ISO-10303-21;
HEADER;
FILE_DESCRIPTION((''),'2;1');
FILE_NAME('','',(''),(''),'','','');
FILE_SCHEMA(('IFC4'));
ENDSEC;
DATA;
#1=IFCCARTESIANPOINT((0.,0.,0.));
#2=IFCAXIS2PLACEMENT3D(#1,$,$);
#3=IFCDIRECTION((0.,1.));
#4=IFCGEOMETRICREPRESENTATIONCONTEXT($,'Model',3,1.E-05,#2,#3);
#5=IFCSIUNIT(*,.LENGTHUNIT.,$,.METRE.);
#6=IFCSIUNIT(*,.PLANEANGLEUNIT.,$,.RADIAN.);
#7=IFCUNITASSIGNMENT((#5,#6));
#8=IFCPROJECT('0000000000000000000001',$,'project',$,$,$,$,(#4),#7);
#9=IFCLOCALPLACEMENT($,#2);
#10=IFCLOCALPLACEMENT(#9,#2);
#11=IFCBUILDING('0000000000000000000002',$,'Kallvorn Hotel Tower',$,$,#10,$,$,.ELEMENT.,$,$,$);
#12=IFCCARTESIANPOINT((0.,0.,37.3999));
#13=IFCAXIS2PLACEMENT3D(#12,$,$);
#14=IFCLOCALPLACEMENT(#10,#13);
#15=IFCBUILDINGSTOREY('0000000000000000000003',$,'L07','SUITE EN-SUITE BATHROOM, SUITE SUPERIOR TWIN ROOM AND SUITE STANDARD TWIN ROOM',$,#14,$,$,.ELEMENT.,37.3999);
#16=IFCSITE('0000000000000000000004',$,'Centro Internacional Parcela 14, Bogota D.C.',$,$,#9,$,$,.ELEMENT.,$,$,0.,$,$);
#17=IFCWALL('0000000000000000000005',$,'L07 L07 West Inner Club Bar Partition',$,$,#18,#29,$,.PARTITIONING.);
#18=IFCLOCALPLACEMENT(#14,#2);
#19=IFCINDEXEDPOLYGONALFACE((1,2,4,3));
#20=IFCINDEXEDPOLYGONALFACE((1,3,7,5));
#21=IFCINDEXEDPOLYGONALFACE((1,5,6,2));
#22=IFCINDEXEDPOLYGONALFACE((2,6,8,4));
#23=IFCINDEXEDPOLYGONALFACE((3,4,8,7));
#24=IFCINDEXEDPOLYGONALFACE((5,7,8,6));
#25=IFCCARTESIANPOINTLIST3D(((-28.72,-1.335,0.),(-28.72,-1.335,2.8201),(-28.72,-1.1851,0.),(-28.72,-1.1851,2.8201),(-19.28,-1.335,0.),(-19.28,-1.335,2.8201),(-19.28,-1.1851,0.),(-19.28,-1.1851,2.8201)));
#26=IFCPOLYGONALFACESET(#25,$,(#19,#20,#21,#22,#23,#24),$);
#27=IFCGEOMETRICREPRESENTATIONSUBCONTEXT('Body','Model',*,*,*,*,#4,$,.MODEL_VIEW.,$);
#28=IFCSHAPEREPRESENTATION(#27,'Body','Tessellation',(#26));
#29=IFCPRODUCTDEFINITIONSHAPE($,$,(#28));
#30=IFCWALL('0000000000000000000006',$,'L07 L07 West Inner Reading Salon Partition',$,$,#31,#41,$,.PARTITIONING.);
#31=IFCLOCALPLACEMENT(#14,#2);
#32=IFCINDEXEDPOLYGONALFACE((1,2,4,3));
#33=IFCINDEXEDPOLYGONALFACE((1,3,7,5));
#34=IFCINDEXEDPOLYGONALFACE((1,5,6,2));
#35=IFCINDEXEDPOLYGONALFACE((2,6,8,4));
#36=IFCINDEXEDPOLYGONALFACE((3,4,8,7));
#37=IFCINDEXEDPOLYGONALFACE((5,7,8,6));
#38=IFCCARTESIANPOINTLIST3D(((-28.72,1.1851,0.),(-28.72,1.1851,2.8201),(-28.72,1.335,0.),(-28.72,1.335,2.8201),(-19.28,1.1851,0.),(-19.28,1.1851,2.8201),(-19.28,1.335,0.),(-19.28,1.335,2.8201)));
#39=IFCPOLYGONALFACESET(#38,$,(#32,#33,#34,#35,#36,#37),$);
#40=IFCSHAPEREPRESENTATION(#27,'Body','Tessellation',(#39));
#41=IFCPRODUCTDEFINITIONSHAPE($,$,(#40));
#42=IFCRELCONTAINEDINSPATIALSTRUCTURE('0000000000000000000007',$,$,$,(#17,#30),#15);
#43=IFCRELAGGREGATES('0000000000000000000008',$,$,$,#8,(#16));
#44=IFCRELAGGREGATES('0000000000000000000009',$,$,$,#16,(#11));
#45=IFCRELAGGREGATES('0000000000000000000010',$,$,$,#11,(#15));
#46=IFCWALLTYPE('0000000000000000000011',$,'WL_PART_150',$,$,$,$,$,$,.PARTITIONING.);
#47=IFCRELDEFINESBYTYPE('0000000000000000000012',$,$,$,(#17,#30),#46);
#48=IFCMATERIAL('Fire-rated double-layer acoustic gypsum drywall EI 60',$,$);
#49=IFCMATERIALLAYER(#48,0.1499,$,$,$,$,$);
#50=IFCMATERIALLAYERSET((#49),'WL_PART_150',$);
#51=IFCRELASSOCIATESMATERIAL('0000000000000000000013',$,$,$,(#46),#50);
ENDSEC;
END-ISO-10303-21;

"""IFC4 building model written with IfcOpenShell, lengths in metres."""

from ifc_helpers import new_model, si_unit, direction, frame, frame_2d, origin, place, context, subcontext, project, spatial, rectangle, extrude, material, layer, layer_set, type_object, element, save


model = new_model("IFC4")

# Units and contexts
model_context = context("Model", 3, precision=1e-05, world=origin(), true_north=direction((0.0, 1.0)))
body_context = subcontext(model_context, "Body", "Model", "MODEL_VIEW")
ifc_project = project(units=[si_unit("LENGTHUNIT", "METRE"), si_unit("PLANEANGLEUNIT", "RADIAN")], contexts=[model_context])

# Site, building, storey
site_placement = place(None, origin())
site = spatial("IfcSite", under=ifc_project, at=site_placement, Name="Centro Internacional Parcela 14, Bogota D.C.", CompositionType="ELEMENT", RefElevation=0.0)
building_placement = place(site_placement, origin())
building = spatial("IfcBuilding", under=site, at=building_placement, Name="Kallvorn Hotel Tower", CompositionType="ELEMENT")
storey_placement = place(building_placement, frame((0.0, 0.0, 37.3999)))
storey = spatial("IfcBuildingStorey", under=building, at=storey_placement, Name="L07", Description="SUITE EN-SUITE BATHROOM, SUITE SUPERIOR TWIN ROOM AND SUITE STANDARD TWIN ROOM", CompositionType="ELEMENT", Elevation=37.3999)

# Walls
ifc_material_1 = material(Name="Fire-rated double-layer acoustic gypsum drywall EI 60")
ifc_layer_1 = layer(ifc_material_1, 0.1499)
ifc_layer_set_1 = layer_set([ifc_layer_1], Name="WL_PART_150")
wall_type_1 = type_object("IfcWallType", Name="WL_PART_150", PredefinedType="PARTITIONING", material=ifc_layer_set_1)
for number, where, z_axis, x_axis, name in (
    (1, (-28.72, -1.26, 0.0), (0.0, 0.0, 1.0), (1.0, 0.0, 0.0), "L07 L07 West Inner Club Bar Partition"),
    (2, (-28.72, 1.26, 0.0), (0.0, 0.0, 1.0), (1.0, 0.0, 0.0), "L07 L07 West Inner Reading Salon Partition"),
):
    element("IfcWall", number, at=place(storey_placement, frame(where, z_axis=z_axis, x_axis=x_axis)), inside=storey, type_object=wall_type_1, Name=name, PredefinedType="PARTITIONING", context=body_context, shape_type="SweptSolid", body=[
        extrude(rectangle(XDim=9.4399, YDim=0.1499, at=frame_2d((4.72, 0.0))), origin(), (0.0, 0.0, 1.0), 2.8201),
    ])

save(model, "model.ifc")
